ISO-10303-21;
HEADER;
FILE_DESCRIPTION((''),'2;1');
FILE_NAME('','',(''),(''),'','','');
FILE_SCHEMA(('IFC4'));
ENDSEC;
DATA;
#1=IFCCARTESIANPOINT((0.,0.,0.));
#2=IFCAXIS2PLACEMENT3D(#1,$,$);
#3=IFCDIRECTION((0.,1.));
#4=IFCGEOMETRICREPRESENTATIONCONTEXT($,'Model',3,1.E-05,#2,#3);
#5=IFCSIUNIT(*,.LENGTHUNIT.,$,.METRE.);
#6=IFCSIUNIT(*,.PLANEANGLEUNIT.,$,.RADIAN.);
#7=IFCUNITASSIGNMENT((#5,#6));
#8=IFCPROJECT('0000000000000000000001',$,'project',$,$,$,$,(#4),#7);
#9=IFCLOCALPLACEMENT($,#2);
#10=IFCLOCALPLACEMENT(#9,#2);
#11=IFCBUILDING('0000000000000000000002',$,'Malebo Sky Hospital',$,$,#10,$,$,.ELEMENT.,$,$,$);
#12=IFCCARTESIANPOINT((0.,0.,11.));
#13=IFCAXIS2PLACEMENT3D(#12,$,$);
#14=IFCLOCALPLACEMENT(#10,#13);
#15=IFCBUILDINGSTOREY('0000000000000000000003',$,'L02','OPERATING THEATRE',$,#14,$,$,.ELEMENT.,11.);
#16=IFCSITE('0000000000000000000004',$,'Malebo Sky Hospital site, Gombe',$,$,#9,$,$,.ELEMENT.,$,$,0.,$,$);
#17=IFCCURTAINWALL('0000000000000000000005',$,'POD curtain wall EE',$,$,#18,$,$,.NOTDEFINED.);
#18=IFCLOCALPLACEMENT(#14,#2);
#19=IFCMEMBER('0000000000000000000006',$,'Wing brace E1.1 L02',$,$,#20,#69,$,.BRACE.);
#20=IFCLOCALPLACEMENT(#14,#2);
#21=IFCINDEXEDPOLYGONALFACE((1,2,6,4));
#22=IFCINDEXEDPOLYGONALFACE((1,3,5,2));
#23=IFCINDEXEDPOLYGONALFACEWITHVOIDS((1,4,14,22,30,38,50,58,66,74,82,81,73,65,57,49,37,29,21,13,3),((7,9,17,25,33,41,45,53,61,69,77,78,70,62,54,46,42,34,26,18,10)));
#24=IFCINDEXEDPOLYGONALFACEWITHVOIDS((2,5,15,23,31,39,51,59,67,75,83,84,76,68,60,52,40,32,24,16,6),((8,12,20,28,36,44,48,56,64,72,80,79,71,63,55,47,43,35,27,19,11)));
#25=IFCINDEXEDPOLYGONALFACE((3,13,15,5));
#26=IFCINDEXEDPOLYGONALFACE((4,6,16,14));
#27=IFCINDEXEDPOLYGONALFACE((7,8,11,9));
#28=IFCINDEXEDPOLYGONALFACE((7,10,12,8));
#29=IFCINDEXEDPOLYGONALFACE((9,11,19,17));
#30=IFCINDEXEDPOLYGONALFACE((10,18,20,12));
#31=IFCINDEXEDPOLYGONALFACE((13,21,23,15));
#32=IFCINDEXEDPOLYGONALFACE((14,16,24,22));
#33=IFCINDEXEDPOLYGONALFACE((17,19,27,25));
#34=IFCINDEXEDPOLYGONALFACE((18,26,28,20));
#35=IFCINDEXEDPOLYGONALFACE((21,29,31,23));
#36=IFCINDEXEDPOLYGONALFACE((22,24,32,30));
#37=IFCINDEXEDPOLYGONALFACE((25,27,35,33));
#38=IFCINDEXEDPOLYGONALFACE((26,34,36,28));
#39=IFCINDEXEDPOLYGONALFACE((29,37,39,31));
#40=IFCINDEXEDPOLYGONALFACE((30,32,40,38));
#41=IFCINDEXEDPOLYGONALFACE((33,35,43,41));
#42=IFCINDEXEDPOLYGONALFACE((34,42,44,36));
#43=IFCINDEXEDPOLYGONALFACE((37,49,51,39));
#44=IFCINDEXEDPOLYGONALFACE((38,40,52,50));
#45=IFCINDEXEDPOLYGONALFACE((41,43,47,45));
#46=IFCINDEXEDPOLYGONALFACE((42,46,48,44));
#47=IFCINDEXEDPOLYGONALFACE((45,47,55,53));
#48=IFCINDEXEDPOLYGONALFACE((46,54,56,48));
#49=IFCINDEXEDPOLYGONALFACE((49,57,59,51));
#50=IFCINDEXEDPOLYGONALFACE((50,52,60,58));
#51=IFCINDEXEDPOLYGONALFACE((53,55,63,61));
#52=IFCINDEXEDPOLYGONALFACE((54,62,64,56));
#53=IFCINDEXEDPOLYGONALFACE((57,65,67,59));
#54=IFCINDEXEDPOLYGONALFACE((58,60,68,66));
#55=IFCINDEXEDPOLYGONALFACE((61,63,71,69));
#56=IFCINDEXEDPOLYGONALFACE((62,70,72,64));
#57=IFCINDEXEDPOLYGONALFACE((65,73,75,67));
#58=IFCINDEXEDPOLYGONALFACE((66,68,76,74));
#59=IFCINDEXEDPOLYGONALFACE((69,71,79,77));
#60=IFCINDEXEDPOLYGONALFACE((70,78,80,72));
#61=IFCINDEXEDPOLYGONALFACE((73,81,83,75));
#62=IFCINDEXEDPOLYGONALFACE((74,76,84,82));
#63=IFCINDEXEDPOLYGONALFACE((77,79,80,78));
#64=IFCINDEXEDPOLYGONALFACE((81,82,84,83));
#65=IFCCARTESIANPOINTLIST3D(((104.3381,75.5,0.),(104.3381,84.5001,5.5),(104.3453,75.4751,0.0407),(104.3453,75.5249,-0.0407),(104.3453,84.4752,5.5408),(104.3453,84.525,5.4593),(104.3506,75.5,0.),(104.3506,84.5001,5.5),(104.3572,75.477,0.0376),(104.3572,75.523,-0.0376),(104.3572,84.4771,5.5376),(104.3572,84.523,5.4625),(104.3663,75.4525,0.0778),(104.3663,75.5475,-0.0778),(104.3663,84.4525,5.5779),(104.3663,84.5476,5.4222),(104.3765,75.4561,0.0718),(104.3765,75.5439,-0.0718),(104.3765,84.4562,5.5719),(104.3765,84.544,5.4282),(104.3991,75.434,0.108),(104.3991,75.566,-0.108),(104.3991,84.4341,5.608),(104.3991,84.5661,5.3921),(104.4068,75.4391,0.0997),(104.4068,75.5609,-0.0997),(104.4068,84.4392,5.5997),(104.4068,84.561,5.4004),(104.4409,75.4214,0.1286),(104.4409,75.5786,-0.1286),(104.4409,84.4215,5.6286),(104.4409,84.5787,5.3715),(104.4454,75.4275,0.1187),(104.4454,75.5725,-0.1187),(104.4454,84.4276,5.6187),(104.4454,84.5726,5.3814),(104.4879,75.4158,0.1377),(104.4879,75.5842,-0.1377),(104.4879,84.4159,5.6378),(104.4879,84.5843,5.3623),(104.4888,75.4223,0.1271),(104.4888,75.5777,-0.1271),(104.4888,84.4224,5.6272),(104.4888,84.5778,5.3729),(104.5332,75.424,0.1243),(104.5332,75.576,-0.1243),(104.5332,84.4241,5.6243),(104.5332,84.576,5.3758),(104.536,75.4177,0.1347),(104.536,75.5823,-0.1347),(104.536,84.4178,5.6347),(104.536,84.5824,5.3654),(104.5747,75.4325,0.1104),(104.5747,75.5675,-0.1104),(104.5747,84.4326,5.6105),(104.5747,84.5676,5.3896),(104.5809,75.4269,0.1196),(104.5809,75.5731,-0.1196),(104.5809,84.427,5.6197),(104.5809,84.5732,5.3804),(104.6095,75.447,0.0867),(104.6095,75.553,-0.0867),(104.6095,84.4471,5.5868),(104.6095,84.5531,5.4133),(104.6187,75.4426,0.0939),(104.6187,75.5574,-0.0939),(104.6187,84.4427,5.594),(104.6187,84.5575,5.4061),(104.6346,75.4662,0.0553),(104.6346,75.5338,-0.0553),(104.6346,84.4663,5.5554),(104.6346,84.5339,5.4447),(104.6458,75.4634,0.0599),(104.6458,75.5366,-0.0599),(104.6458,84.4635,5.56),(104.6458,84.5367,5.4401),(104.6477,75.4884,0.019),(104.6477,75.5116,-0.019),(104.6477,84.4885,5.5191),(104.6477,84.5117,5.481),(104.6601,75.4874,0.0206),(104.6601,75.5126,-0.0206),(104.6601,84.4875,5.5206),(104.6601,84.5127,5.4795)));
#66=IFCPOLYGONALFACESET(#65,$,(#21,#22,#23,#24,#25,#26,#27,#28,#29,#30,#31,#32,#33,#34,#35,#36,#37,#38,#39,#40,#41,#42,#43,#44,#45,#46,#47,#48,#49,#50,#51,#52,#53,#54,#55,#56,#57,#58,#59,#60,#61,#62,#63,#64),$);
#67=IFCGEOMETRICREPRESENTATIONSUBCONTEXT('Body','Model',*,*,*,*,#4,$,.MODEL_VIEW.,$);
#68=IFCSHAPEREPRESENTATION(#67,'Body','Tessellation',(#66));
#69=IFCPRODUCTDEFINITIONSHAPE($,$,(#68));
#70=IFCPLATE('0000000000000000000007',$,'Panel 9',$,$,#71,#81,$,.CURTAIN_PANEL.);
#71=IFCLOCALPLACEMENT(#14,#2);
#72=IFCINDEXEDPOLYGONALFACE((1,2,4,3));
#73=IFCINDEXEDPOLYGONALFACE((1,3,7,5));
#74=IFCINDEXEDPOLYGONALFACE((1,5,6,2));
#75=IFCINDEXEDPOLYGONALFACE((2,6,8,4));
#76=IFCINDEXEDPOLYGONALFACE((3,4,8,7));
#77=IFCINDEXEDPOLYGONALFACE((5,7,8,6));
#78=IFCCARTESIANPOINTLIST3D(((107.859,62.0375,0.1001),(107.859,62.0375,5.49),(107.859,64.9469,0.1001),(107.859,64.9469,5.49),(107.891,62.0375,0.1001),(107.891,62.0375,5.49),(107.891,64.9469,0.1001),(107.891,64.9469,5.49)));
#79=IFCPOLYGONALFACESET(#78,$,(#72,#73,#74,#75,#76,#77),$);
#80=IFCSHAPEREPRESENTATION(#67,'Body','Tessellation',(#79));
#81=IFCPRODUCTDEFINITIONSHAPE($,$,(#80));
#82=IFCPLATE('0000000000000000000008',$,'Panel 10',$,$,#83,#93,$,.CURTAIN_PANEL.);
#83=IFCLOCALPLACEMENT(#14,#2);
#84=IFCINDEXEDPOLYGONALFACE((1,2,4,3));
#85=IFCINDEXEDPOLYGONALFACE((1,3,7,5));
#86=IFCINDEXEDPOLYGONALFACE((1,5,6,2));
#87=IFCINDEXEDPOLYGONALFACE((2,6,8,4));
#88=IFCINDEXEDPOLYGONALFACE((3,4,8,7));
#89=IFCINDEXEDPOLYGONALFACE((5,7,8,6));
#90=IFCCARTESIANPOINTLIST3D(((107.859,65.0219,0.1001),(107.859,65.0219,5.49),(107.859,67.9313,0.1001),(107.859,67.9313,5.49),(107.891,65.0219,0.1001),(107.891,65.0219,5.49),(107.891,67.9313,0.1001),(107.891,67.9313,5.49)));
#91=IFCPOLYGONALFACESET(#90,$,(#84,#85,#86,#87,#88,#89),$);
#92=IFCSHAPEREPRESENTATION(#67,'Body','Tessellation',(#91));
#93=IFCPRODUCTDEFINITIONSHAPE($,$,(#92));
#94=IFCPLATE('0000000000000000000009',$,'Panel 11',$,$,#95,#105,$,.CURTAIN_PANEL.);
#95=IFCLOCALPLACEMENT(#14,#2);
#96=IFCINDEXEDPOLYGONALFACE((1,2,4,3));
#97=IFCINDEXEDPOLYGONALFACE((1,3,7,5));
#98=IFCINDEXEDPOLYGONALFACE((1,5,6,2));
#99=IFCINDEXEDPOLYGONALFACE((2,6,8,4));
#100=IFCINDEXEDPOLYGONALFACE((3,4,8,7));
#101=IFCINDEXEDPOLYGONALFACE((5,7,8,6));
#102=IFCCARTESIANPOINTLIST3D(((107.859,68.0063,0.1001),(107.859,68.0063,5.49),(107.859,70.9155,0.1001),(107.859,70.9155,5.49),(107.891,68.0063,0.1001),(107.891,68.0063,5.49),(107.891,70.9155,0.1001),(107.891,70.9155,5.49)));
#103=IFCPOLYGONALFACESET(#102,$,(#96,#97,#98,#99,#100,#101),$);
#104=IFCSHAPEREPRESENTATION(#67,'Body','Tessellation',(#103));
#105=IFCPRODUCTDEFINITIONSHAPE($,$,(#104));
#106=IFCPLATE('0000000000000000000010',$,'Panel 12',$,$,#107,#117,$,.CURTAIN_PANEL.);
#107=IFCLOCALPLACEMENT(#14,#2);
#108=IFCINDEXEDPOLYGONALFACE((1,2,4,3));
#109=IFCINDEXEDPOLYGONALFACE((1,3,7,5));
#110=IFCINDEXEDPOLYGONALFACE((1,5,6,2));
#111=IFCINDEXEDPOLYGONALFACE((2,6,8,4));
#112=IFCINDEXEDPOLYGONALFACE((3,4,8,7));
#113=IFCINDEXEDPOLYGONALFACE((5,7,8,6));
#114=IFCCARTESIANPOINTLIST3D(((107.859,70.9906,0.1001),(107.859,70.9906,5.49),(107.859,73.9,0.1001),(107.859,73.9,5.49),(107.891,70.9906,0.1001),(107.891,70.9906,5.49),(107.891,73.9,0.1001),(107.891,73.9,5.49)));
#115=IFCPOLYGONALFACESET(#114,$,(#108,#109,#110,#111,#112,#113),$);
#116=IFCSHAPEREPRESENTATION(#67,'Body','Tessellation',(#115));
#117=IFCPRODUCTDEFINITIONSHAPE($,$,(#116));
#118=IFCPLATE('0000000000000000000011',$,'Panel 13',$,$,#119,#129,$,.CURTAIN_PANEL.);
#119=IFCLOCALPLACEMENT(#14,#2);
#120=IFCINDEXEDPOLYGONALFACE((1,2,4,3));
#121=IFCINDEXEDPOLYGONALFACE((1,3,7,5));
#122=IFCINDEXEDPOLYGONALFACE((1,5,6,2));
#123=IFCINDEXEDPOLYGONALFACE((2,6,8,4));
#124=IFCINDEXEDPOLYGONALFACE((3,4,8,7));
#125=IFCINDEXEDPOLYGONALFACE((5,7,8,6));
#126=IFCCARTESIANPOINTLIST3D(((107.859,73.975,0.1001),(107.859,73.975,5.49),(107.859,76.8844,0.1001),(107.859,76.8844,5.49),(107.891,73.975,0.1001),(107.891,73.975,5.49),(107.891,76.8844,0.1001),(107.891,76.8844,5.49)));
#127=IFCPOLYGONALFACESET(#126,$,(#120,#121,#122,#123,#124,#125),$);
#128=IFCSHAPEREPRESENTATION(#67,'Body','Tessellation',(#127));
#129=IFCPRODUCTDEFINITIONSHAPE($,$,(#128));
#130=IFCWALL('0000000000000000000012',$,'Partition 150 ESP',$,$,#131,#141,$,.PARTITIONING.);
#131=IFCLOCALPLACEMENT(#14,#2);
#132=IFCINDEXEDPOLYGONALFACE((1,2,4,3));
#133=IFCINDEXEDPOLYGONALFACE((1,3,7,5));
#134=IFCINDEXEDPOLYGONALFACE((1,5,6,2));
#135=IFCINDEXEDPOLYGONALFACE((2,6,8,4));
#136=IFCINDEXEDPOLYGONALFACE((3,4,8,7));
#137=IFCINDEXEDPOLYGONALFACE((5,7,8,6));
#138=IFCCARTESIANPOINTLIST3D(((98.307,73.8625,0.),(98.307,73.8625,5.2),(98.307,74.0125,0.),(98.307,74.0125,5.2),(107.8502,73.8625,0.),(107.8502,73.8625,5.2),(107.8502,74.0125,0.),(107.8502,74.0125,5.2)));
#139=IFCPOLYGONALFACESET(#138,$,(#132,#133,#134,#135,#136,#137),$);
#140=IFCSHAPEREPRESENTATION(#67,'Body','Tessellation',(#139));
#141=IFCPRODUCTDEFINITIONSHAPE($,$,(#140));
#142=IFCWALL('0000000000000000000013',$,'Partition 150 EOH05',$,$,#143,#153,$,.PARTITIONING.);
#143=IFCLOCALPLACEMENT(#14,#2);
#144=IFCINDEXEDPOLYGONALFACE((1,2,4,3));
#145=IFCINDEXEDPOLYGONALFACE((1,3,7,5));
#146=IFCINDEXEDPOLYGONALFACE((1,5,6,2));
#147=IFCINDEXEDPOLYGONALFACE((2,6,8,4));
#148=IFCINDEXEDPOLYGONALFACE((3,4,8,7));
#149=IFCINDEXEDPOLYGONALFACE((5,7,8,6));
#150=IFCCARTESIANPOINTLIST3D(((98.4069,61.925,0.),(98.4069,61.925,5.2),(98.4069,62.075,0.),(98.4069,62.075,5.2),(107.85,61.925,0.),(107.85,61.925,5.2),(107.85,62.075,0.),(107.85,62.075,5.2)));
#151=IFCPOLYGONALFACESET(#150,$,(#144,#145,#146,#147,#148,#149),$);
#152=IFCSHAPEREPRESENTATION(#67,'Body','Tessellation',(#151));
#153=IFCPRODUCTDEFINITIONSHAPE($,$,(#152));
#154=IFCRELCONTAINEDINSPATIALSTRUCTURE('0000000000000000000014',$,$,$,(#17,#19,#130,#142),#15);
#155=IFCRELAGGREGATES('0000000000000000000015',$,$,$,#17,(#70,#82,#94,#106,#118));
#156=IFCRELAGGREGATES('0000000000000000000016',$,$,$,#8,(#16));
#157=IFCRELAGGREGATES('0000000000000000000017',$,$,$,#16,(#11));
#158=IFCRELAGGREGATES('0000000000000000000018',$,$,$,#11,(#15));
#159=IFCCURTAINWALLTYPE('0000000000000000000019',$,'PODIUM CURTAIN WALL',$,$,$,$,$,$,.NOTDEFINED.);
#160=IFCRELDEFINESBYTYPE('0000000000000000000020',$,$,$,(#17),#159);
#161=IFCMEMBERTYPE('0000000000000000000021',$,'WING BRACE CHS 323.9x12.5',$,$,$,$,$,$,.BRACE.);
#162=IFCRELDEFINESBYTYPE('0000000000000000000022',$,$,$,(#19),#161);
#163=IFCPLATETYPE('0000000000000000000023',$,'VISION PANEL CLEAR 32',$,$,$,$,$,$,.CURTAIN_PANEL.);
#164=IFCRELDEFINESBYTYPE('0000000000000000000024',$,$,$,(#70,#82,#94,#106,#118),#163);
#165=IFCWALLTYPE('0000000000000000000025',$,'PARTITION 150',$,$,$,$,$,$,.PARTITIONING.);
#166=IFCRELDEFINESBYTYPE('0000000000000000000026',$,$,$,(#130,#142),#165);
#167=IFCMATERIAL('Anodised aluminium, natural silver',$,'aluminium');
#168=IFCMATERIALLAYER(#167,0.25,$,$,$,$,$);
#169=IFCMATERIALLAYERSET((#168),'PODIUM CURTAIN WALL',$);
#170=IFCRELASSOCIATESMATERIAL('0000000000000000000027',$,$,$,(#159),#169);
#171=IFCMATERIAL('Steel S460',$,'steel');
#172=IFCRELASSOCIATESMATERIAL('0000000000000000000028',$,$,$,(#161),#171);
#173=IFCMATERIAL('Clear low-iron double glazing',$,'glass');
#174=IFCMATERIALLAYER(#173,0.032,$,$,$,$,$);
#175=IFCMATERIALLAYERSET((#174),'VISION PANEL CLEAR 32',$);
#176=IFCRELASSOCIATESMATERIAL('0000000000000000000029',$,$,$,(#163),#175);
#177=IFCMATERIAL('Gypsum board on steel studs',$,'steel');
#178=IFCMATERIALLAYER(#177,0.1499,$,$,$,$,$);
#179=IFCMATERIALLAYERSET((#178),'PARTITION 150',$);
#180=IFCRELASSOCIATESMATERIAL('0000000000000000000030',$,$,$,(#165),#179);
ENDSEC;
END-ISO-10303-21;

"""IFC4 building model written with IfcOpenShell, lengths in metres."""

from ifc_helpers import new_model, si_unit, direction, frame, frame_2d, origin, origin_2d, place, context, subcontext, project, spatial, rectangle, hollow_circle, extrude, material, layer, layer_set, material_profile, profile_set, type_object, element, aggregate, save


model = new_model("IFC4")

# Units and contexts
model_context = context("Model", 3, precision=1e-05, world=origin(), true_north=direction((0.0, 1.0)))
body_context = subcontext(model_context, "Body", "Model", "MODEL_VIEW")
ifc_project = project(units=[si_unit("LENGTHUNIT", "METRE"), si_unit("PLANEANGLEUNIT", "RADIAN")], contexts=[model_context])

# Site, building, storey
site_placement = place(None, origin())
site = spatial("IfcSite", under=ifc_project, at=site_placement, Name="Malebo Sky Hospital site, Gombe", CompositionType="ELEMENT", RefElevation=0.0)
building_placement = place(site_placement, origin())
building = spatial("IfcBuilding", under=site, at=building_placement, Name="Malebo Sky Hospital", CompositionType="ELEMENT")
storey_placement = place(building_placement, frame((0.0, 0.0, 11.0)))
storey = spatial("IfcBuildingStorey", under=building, at=storey_placement, Name="L02", Description="OPERATING THEATRE", CompositionType="ELEMENT", Elevation=11.0)

# Curtain wall
ifc_material_1 = material(Name="Anodised aluminium, natural silver", Category="aluminium")
ifc_layer_1 = layer(ifc_material_1, 0.25)
ifc_layer_set_1 = layer_set([ifc_layer_1], Name="PODIUM CURTAIN WALL")
curtain_wall_type = type_object("IfcCurtainWallType", Name="PODIUM CURTAIN WALL", PredefinedType="NOTDEFINED", material=ifc_layer_set_1)
curtain_wall_placement = place(storey_placement, origin())
curtain_wall = element("IfcCurtainWall", 1, at=curtain_wall_placement, inside=storey, type_object=curtain_wall_type, Name="POD curtain wall EE", PredefinedType="NOTDEFINED")

# Member
ifc_material_2 = material(Name="Steel S460", Category="steel")
ifc_material_profile_1 = material_profile(ifc_material_2, hollow_circle(Radius=0.1619, WallThickness=0.0125, at=origin_2d()), Name="CHS 323.9x12.5")
ifc_profile_set_1 = profile_set([ifc_material_profile_1], Name="Steel S460")
member_type_1 = type_object("IfcMemberType", Name="WING BRACE CHS 323.9x12.5", PredefinedType="BRACE", material=ifc_profile_set_1)
member_1_placement = place(storey_placement, frame((104.5, 75.5, 0.0), z_axis=(0.0, 0.853282, 0.52145), x_axis=(-1.0, 0.0, 0.0)))
element("IfcMember", 2, at=member_1_placement, inside=storey, type_object=member_type_1, Name="Wing brace E1.1 L02", PredefinedType="BRACE", context=body_context, shape_type="SweptSolid", body=[
    extrude(hollow_circle(Radius=0.1619, WallThickness=0.0125, at=origin_2d()), origin(), (0.0, 0.0, 1.0), 10.5476),
])

# Plates
ifc_material_3 = material(Name="Clear low-iron double glazing", Category="glass")
ifc_layer_2 = layer(ifc_material_3, 0.032)
ifc_layer_set_2 = layer_set([ifc_layer_2], Name="VISION PANEL CLEAR 32")
plate_type = type_object("IfcPlateType", Name="VISION PANEL CLEAR 32", PredefinedType="CURTAIN_PANEL", material=ifc_layer_set_2)
plate_1_placement = place(storey_placement, frame((107.875, 63.4922, 0.1001), z_axis=(0.0, 0.0, 1.0), x_axis=(0.0, 1.0, 0.0)))
plate_1 = element("IfcPlate", 3, at=plate_1_placement, type_object=plate_type, Name="Panel 9", PredefinedType="CURTAIN_PANEL", context=body_context, shape_type="SweptSolid", body=[
    extrude(rectangle(XDim=2.9094, YDim=0.032, at=origin_2d()), origin(), (0.0, 0.0, 1.0), 5.3899),
])
plate_2_placement = place(storey_placement, frame((107.875, 66.4766, 0.1001), z_axis=(0.0, 0.0, 1.0), x_axis=(0.0, 1.0, 0.0)))
plate_2 = element("IfcPlate", 4, at=plate_2_placement, type_object=plate_type, Name="Panel 10", PredefinedType="CURTAIN_PANEL", context=body_context, shape_type="SweptSolid", body=[
    extrude(rectangle(XDim=2.9094, YDim=0.032, at=origin_2d()), origin(), (0.0, 0.0, 1.0), 5.3899),
])
plate_3_placement = place(storey_placement, frame((107.875, 69.4609, 0.1001), z_axis=(0.0, 0.0, 1.0), x_axis=(0.0, 1.0, 0.0)))
plate_3 = element("IfcPlate", 5, at=plate_3_placement, type_object=plate_type, Name="Panel 11", PredefinedType="CURTAIN_PANEL", context=body_context, shape_type="SweptSolid", body=[
    extrude(rectangle(XDim=2.9092, YDim=0.032, at=origin_2d()), origin(), (0.0, 0.0, 1.0), 5.3899),
])
plate_4_placement = place(storey_placement, frame((107.875, 72.4453, 0.1001), z_axis=(0.0, 0.0, 1.0), x_axis=(0.0, 1.0, 0.0)))
plate_4 = element("IfcPlate", 6, at=plate_4_placement, type_object=plate_type, Name="Panel 12", PredefinedType="CURTAIN_PANEL", context=body_context, shape_type="SweptSolid", body=[
    extrude(rectangle(XDim=2.9094, YDim=0.032, at=origin_2d()), origin(), (0.0, 0.0, 1.0), 5.3899),
])
plate_5_placement = place(storey_placement, frame((107.875, 75.4297, 0.1001), z_axis=(0.0, 0.0, 1.0), x_axis=(0.0, 1.0, 0.0)))
plate_5 = element("IfcPlate", 7, at=plate_5_placement, type_object=plate_type, Name="Panel 13", PredefinedType="CURTAIN_PANEL", context=body_context, shape_type="SweptSolid", body=[
    extrude(rectangle(XDim=2.9094, YDim=0.032, at=origin_2d()), origin(), (0.0, 0.0, 1.0), 5.3899),
])
aggregate(curtain_wall, [plate_1, plate_2, plate_3, plate_4, plate_5])

# Walls
ifc_material_4 = material(Name="Gypsum board on steel studs", Category="steel")
ifc_layer_3 = layer(ifc_material_4, 0.1499)
ifc_layer_set_3 = layer_set([ifc_layer_3], Name="PARTITION 150")
wall_type = type_object("IfcWallType", Name="PARTITION 150", PredefinedType="PARTITIONING", material=ifc_layer_set_3)
wall_1_placement = place(storey_placement, frame((107.8501, 73.9375, 0.0), z_axis=(0.0, 0.0, 1.0), x_axis=(-1.0, 0.0, 0.0)))
element("IfcWall", 8, at=wall_1_placement, inside=storey, type_object=wall_type, Name="Partition 150 ESP", PredefinedType="PARTITIONING", context=body_context, shape_type="SweptSolid", body=[
    extrude(rectangle(XDim=9.5432, YDim=0.1499, at=frame_2d((4.7715, 0.0))), origin(), (0.0, 0.0, 1.0), 5.2),
])
wall_2_placement = place(storey_placement, frame((107.8501, 62.0, 0.0), z_axis=(0.0, 0.0, 1.0), x_axis=(-1.0, 0.0, 0.0)))
element("IfcWall", 9, at=wall_2_placement, inside=storey, type_object=wall_type, Name="Partition 150 EOH05", PredefinedType="PARTITIONING", context=body_context, shape_type="SweptSolid", body=[
    extrude(rectangle(XDim=9.4431, YDim=0.1499, at=frame_2d((4.7217, 0.0))), origin(), (0.0, 0.0, 1.0), 5.2),
])

save(model, "model.ifc")
